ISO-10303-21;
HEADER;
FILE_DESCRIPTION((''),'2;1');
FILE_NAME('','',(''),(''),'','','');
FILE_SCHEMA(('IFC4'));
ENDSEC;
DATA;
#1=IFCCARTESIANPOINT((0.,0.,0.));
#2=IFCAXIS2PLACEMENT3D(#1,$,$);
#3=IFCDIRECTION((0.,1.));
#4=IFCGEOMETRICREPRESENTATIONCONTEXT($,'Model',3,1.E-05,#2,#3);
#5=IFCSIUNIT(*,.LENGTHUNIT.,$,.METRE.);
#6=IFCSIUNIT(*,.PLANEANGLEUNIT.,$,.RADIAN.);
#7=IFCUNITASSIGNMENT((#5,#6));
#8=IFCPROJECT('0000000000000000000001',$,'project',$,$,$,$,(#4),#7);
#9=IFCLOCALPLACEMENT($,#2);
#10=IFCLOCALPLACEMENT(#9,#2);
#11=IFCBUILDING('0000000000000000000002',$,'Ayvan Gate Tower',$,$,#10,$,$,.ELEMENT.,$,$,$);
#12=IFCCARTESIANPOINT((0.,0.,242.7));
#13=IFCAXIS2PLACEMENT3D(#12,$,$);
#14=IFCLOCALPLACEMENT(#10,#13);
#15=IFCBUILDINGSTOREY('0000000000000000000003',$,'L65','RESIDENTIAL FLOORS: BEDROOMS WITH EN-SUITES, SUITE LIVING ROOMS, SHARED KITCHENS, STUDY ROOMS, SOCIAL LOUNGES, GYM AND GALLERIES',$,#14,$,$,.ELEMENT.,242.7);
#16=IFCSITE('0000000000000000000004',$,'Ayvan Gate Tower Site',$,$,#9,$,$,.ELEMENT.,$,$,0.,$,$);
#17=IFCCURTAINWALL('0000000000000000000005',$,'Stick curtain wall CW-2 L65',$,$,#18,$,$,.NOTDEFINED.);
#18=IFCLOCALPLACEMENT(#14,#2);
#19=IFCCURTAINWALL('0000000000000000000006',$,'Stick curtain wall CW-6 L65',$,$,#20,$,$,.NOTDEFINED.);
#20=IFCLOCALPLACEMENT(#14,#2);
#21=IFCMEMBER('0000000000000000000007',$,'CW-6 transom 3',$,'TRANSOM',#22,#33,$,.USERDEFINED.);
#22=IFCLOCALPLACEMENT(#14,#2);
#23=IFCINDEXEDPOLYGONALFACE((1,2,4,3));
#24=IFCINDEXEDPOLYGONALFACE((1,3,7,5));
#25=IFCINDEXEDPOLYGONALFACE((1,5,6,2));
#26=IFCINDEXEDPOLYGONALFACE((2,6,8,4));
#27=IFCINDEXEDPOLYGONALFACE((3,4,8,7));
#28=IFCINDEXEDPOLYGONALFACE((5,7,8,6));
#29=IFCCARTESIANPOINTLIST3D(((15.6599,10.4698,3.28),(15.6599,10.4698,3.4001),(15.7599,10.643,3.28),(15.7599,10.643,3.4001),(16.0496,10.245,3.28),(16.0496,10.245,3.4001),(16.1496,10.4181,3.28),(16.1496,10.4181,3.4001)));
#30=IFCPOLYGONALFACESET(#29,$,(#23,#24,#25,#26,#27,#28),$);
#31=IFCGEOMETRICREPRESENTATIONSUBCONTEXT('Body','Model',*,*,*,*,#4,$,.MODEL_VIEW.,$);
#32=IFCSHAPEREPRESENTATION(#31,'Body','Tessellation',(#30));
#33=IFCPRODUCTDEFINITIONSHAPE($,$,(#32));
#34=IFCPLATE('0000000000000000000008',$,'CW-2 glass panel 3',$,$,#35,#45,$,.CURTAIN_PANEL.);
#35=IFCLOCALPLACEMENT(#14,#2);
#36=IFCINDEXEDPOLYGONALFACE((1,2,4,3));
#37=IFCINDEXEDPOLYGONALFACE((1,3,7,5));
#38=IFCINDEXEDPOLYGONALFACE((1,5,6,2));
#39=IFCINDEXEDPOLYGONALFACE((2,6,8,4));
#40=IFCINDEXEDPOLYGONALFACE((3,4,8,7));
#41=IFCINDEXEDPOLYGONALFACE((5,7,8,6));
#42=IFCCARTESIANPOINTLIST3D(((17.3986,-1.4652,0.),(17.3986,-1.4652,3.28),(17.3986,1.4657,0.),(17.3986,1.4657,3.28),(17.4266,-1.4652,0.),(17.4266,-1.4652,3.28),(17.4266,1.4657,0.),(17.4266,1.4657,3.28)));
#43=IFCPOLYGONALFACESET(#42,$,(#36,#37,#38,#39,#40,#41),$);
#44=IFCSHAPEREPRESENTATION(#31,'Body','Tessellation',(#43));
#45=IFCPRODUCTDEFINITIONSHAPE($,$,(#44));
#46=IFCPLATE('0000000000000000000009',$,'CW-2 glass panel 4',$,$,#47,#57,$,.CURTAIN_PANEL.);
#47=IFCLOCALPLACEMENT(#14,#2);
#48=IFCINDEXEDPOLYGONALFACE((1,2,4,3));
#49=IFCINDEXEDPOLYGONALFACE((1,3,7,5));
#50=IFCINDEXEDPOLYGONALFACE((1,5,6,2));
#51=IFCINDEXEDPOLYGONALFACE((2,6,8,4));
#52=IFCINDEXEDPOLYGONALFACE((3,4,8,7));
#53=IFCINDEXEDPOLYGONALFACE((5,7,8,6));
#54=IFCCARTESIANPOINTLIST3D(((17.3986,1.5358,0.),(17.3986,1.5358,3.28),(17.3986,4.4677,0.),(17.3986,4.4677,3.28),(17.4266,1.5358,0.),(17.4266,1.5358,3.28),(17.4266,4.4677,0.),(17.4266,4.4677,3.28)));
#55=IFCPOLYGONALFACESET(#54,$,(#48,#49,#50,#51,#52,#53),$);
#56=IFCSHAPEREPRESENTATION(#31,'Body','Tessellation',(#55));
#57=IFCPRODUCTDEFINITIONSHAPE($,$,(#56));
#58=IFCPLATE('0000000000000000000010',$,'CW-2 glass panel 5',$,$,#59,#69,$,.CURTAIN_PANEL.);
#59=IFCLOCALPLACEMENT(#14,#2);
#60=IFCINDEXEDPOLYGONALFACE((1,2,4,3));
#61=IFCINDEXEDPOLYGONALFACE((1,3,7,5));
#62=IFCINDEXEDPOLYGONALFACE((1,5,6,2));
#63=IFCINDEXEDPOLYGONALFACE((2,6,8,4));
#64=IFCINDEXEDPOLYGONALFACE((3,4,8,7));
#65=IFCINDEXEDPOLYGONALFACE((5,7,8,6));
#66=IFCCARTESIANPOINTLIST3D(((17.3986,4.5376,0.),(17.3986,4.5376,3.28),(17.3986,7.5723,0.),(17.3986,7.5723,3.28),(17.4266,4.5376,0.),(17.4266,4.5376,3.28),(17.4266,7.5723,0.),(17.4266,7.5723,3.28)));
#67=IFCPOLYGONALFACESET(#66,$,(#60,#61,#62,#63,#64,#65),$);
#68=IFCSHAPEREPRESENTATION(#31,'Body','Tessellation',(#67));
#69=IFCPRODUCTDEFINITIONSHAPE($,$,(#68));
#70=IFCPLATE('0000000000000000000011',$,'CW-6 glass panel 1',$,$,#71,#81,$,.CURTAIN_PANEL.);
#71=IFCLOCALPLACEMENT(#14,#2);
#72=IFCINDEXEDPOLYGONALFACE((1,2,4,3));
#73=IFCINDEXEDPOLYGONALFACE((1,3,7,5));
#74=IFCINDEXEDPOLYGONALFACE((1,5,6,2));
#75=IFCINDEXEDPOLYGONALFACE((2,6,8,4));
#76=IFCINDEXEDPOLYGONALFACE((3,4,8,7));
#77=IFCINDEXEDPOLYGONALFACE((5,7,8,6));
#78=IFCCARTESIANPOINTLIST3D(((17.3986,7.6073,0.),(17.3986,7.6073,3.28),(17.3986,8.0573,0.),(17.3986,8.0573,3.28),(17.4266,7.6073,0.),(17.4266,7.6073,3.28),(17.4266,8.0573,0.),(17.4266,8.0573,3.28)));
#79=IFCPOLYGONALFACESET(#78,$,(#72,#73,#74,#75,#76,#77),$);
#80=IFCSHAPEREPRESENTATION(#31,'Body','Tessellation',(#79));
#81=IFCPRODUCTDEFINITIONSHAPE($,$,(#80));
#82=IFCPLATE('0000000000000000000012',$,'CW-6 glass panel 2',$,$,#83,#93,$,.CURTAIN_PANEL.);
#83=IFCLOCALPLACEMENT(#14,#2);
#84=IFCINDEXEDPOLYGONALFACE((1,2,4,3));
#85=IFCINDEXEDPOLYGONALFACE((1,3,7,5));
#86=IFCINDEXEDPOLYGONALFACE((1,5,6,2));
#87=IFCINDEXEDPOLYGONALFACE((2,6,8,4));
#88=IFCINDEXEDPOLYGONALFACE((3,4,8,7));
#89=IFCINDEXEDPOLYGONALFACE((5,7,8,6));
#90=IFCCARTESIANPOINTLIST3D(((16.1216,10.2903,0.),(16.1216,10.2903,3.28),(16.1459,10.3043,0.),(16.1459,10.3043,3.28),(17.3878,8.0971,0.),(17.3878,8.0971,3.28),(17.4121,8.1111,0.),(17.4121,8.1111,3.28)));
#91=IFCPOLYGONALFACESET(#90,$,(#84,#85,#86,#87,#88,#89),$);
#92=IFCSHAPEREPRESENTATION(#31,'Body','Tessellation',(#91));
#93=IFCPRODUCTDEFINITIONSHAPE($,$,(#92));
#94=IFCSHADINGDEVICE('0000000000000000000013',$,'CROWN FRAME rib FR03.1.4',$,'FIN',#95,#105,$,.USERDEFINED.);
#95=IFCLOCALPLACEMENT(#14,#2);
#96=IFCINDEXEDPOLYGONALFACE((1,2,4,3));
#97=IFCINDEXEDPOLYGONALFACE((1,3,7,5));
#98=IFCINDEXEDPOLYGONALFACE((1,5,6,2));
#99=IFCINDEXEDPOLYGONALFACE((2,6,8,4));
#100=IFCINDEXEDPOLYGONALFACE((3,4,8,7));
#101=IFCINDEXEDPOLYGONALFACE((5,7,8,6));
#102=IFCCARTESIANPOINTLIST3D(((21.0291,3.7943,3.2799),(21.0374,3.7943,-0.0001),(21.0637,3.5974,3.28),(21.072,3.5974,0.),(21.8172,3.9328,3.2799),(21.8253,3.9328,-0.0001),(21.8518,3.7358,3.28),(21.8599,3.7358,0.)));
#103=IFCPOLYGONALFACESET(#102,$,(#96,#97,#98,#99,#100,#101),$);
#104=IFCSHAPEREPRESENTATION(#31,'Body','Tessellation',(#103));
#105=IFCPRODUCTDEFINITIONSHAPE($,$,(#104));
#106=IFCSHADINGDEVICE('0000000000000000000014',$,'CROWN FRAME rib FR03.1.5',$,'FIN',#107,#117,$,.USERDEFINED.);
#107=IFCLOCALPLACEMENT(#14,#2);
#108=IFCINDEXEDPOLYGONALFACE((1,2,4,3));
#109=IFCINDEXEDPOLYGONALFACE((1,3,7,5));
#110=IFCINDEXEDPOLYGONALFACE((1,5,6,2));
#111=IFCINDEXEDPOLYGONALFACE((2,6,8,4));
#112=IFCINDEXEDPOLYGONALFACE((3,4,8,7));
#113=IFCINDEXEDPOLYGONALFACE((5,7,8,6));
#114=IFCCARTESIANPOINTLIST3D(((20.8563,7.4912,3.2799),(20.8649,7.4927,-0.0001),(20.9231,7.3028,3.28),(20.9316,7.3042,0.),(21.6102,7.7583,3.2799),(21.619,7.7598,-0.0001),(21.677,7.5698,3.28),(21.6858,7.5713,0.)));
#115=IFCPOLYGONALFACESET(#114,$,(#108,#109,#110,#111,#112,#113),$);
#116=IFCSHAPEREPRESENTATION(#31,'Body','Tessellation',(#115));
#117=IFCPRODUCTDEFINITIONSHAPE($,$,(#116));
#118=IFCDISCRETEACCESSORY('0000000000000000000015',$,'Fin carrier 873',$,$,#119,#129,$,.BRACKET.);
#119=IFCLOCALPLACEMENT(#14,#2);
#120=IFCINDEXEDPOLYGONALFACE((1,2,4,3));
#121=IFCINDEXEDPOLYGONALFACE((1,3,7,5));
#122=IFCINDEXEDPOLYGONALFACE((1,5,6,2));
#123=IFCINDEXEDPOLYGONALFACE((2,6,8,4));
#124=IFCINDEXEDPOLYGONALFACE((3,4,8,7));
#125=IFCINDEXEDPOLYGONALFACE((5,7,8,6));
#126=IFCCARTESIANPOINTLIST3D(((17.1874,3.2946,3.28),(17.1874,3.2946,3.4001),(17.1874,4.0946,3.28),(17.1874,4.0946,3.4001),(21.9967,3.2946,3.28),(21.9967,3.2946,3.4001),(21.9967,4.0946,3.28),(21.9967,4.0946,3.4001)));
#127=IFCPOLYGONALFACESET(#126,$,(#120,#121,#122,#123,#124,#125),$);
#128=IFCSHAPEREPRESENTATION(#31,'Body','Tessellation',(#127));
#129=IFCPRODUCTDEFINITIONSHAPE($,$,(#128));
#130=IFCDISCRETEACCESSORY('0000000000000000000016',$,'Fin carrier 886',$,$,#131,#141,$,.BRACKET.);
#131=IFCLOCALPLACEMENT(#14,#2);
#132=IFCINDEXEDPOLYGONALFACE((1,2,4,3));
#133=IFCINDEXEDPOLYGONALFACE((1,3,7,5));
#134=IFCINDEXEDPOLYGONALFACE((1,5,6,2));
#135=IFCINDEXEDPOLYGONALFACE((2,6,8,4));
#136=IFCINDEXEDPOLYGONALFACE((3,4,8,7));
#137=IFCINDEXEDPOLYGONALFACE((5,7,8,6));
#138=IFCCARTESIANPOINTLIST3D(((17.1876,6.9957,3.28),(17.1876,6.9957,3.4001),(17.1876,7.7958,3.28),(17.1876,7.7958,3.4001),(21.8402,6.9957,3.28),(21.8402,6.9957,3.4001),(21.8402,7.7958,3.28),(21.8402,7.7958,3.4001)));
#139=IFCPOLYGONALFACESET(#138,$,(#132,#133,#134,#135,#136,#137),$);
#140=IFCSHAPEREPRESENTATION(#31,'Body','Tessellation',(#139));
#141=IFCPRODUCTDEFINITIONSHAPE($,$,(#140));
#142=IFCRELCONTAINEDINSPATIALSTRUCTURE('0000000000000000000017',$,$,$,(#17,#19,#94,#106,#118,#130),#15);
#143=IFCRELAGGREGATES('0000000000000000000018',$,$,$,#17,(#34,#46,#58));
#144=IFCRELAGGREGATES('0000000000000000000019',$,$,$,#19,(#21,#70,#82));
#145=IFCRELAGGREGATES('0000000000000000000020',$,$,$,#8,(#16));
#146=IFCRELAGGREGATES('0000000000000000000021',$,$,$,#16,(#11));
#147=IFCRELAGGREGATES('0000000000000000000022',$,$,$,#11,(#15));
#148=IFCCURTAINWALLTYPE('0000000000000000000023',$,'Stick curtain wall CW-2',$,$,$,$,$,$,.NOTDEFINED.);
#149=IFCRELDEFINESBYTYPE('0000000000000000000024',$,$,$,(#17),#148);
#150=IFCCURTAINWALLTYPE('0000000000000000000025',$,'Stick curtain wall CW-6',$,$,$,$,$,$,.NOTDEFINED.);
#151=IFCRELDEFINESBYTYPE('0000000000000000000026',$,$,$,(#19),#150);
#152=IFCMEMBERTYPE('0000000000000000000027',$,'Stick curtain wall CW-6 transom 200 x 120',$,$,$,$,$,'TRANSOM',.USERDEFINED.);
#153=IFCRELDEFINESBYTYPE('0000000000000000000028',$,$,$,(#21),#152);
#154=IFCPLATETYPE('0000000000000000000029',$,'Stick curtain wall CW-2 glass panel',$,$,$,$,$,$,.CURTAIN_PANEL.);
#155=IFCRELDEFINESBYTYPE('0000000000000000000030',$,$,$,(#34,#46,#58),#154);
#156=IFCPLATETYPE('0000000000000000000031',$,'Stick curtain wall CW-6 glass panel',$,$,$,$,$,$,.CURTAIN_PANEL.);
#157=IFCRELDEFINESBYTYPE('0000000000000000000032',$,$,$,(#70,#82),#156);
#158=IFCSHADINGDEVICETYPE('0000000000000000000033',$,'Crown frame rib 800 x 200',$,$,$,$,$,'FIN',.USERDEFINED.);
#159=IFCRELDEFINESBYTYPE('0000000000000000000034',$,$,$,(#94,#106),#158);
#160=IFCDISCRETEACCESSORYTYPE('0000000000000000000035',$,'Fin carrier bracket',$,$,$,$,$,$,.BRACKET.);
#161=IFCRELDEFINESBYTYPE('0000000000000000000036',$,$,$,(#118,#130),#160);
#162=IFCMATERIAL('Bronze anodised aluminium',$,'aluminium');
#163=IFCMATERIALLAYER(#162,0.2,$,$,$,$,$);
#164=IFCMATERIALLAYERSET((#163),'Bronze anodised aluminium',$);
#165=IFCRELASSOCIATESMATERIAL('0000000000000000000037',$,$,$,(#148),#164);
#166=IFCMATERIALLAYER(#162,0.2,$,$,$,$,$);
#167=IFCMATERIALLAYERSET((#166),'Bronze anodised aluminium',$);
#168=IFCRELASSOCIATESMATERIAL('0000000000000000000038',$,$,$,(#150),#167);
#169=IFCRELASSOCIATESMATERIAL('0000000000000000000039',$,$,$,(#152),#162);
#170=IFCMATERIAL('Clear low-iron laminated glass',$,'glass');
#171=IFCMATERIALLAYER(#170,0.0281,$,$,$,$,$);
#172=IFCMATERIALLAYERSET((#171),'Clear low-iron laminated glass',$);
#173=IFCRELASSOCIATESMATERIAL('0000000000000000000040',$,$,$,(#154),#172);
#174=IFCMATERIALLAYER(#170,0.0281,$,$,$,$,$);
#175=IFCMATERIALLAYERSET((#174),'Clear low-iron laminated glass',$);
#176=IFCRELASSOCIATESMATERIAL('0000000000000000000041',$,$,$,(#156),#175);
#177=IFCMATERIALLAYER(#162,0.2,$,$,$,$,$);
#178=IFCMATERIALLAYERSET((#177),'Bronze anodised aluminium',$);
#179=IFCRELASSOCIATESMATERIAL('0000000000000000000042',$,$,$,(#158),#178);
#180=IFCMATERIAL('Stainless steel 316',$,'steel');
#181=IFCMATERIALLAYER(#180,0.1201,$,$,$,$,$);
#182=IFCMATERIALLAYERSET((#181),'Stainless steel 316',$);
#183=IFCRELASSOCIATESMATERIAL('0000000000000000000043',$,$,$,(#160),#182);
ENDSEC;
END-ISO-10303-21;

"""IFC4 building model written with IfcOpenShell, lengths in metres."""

from ifc_helpers import new_model, si_unit, direction, frame, origin, origin_2d, place, context, subcontext, project, spatial, polyline, rectangle, outline, extrude, material, layer, layer_set, material_profile, profile_set, type_object, element, aggregate, save


model = new_model("IFC4")

# Units and contexts
model_context = context("Model", 3, precision=1e-05, world=origin(), true_north=direction((0.0, 1.0)))
body_context = subcontext(model_context, "Body", "Model", "MODEL_VIEW")
ifc_project = project(units=[si_unit("LENGTHUNIT", "METRE"), si_unit("PLANEANGLEUNIT", "RADIAN")], contexts=[model_context])

# Site, building, storey
site_placement = place(None, origin())
site = spatial("IfcSite", under=ifc_project, at=site_placement, Name="Ayvan Gate Tower Site", CompositionType="ELEMENT", RefElevation=0.0)
building_placement = place(site_placement, origin())
building = spatial("IfcBuilding", under=site, at=building_placement, Name="Ayvan Gate Tower", CompositionType="ELEMENT")
storey_placement = place(building_placement, frame((0.0, 0.0, 242.7)))
storey = spatial("IfcBuildingStorey", under=building, at=storey_placement, Name="L65", Description="RESIDENTIAL FLOORS: BEDROOMS WITH EN-SUITES, SUITE LIVING ROOMS, SHARED KITCHENS, STUDY ROOMS, SOCIAL LOUNGES, GYM AND GALLERIES", CompositionType="ELEMENT", Elevation=242.7)

# Curtain walls, member
ifc_material_1 = material(Name="Bronze anodised aluminium", Category="aluminium")
ifc_layer_1 = layer(ifc_material_1, 0.2)
ifc_layer_set_1 = layer_set([ifc_layer_1], Name="Bronze anodised aluminium")
curtain_wall_type_1 = type_object("IfcCurtainWallType", Name="Stick curtain wall CW-2", PredefinedType="NOTDEFINED", material=ifc_layer_set_1)
curtain_wall_1_placement = place(storey_placement, origin())
curtain_wall_1 = element("IfcCurtainWall", 1, at=curtain_wall_1_placement, inside=storey, type_object=curtain_wall_type_1, Name="Stick curtain wall CW-2 L65", PredefinedType="NOTDEFINED")
ifc_layer_2 = layer(ifc_material_1, 0.2)
ifc_layer_set_2 = layer_set([ifc_layer_2], Name="Bronze anodised aluminium")
curtain_wall_type_2 = type_object("IfcCurtainWallType", Name="Stick curtain wall CW-6", PredefinedType="NOTDEFINED", material=ifc_layer_set_2)
curtain_wall_2_placement = place(storey_placement, origin())
curtain_wall_2 = element("IfcCurtainWall", 2, at=curtain_wall_2_placement, inside=storey, type_object=curtain_wall_type_2, Name="Stick curtain wall CW-6 L65", PredefinedType="NOTDEFINED")
ifc_material_profile_1 = material_profile(ifc_material_1, rectangle(XDim=0.2, YDim=0.1201, at=origin_2d()), Name="Stick curtain wall CW-6 transom 200 x 120")
ifc_profile_set_1 = profile_set([ifc_material_profile_1], Name="Bronze anodised aluminium")
member_type_1 = type_object("IfcMemberType", Name="Stick curtain wall CW-6 transom 200 x 120", ElementType="TRANSOM", PredefinedType="USERDEFINED", material=ifc_profile_set_1)
member_1_placement = place(storey_placement, frame((16.0996, 10.3315, 3.3401), z_axis=(-0.866131, 0.499816, 0.0), x_axis=(-0.499816, -0.866131, 0.0)))
member_1 = element("IfcMember", 3, at=member_1_placement, type_object=member_type_1, Name="CW-6 transom 3", ObjectType="TRANSOM", PredefinedType="USERDEFINED", context=body_context, shape_type="SweptSolid", body=[
    extrude(rectangle(XDim=0.2, YDim=0.1201, at=origin_2d()), origin(), (0.0, 0.0, 1.0), 0.45),
])

# Plates
ifc_material_2 = material(Name="Clear low-iron laminated glass", Category="glass")
ifc_layer_3 = layer(ifc_material_2, 0.0281)
ifc_layer_set_3 = layer_set([ifc_layer_3], Name="Clear low-iron laminated glass")
plate_type_1 = type_object("IfcPlateType", Name="Stick curtain wall CW-2 glass panel", PredefinedType="CURTAIN_PANEL", material=ifc_layer_set_3)
plate_1_placement = place(storey_placement, frame((17.4126, 0.0002, 0.0), z_axis=(0.0, 0.0, 1.0), x_axis=(0.0, 1.0, 0.0)))
plate_1 = element("IfcPlate", 4, at=plate_1_placement, type_object=plate_type_1, Name="CW-2 glass panel 3", PredefinedType="CURTAIN_PANEL", context=body_context, shape_type="SweptSolid", body=[
    extrude(rectangle(XDim=2.9309, YDim=0.0281, at=origin_2d()), origin(), (0.0, 0.0, 1.0), 3.28),
])
plate_2_placement = place(storey_placement, frame((17.4126, 3.0017, 0.0), z_axis=(0.0, 0.0, 1.0), x_axis=(0.0, 1.0, 0.0)))
plate_2 = element("IfcPlate", 5, at=plate_2_placement, type_object=plate_type_1, Name="CW-2 glass panel 4", PredefinedType="CURTAIN_PANEL", context=body_context, shape_type="SweptSolid", body=[
    extrude(rectangle(XDim=2.9319, YDim=0.0281, at=origin_2d()), origin(), (0.0, 0.0, 1.0), 3.28),
])
plate_3_placement = place(storey_placement, frame((17.4126, 6.0549, 0.0), z_axis=(0.0, 0.0, 1.0), x_axis=(0.0, 1.0, 0.0)))
plate_3 = element("IfcPlate", 6, at=plate_3_placement, type_object=plate_type_1, Name="CW-2 glass panel 5", PredefinedType="CURTAIN_PANEL", context=body_context, shape_type="SweptSolid", body=[
    extrude(rectangle(XDim=3.0347, YDim=0.0281, at=origin_2d()), origin(), (0.0, 0.0, 1.0), 3.28),
])
aggregate(curtain_wall_1, [plate_1, plate_2, plate_3])
ifc_layer_4 = layer(ifc_material_2, 0.0281)
ifc_layer_set_4 = layer_set([ifc_layer_4], Name="Clear low-iron laminated glass")
plate_type_2 = type_object("IfcPlateType", Name="Stick curtain wall CW-6 glass panel", PredefinedType="CURTAIN_PANEL", material=ifc_layer_set_4)
plate_4_placement = place(storey_placement, frame((17.4126, 7.8323, 0.0), z_axis=(0.0, 0.0, 1.0), x_axis=(0.0, 1.0, 0.0)))
plate_4 = element("IfcPlate", 7, at=plate_4_placement, type_object=plate_type_2, Name="CW-6 glass panel 1", PredefinedType="CURTAIN_PANEL", context=body_context, shape_type="SweptSolid", body=[
    extrude(rectangle(XDim=0.45, YDim=0.0281, at=origin_2d()), origin(), (0.0, 0.0, 1.0), 3.28),
])
plate_5_placement = place(storey_placement, frame((16.7668, 9.2007, 0.0), z_axis=(0.0, 0.0, 1.0), x_axis=(-0.5, 0.866025, 0.0)))
plate_5 = element("IfcPlate", 8, at=plate_5_placement, type_object=plate_type_2, Name="CW-6 glass panel 2", PredefinedType="CURTAIN_PANEL", context=body_context, shape_type="SweptSolid", body=[
    extrude(rectangle(XDim=2.5325, YDim=0.0281, at=origin_2d()), origin(), (0.0, 0.0, 1.0), 3.28),
])
aggregate(curtain_wall_2, [member_1, plate_4, plate_5])

# Shading devices
ifc_layer_5 = layer(ifc_material_1, 0.2)
ifc_layer_set_5 = layer_set([ifc_layer_5], Name="Bronze anodised aluminium")
shading_device_type = type_object("IfcShadingDeviceType", Name="Crown frame rib 800 x 200", ElementType="FIN", PredefinedType="USERDEFINED", material=ifc_layer_set_5)
shading_device_1_placement = place(storey_placement, frame((21.072, 3.5974, 0.0), z_axis=(0.173028, -0.984917, 0.000431), x_axis=(0.984917, 0.173028, 0.0)))
element("IfcShadingDevice", 9, at=shading_device_1_placement, inside=storey, type_object=shading_device_type, Name="CROWN FRAME rib FR03.1.4", ObjectType="FIN", PredefinedType="USERDEFINED", context=body_context, shape_type="SweptSolid", body=[
    extrude(outline(polyline([(0.0, 0.0), (0.7999, 0.0), (0.792, 3.28), (-0.0082, 3.28), (0.0, 0.0)])), origin(), (0.0, 0.0, -1.0), 0.2),
])
shading_device_2_placement = place(storey_placement, frame((20.9316, 7.3042, 0.0), z_axis=(0.333889, -0.942612, 0.000461), x_axis=(0.942612, 0.33389, 0.0)))
element("IfcShadingDevice", 10, at=shading_device_2_placement, inside=storey, type_object=shading_device_type, Name="CROWN FRAME rib FR03.1.5", ObjectType="FIN", PredefinedType="USERDEFINED", context=body_context, shape_type="SweptSolid", body=[
    extrude(outline(polyline([(0.0, 0.0), (0.8, 0.0), (0.7913, 3.28), (-0.0085, 3.28), (0.0, 0.0)])), origin(), (0.0, 0.0, -1.0), 0.2),
])

# Discrete accessories
ifc_material_3 = material(Name="Stainless steel 316", Category="steel")
ifc_layer_6 = layer(ifc_material_3, 0.1201)
ifc_layer_set_6 = layer_set([ifc_layer_6], Name="Stainless steel 316")
discrete_accessory_type = type_object("IfcDiscreteAccessoryType", Name="Fin carrier bracket", PredefinedType="BRACKET", material=ifc_layer_set_6)
discrete_accessory_1_placement = place(storey_placement, frame((19.592, 3.6946, 3.28), z_axis=(0.0, 0.0, 1.0), x_axis=(0.0, 1.0, 0.0)))
element("IfcDiscreteAccessory", 11, at=discrete_accessory_1_placement, inside=storey, type_object=discrete_accessory_type, Name="Fin carrier 873", PredefinedType="BRACKET", context=body_context, shape_type="SweptSolid", body=[
    extrude(rectangle(XDim=0.8, YDim=4.8093, at=origin_2d()), origin(), (0.0, 0.0, 1.0), 0.1201),
])
discrete_accessory_2_placement = place(storey_placement, frame((19.5139, 7.3958, 3.28), z_axis=(0.0, 0.0, 1.0), x_axis=(0.0, 1.0, 0.0)))
element("IfcDiscreteAccessory", 12, at=discrete_accessory_2_placement, inside=storey, type_object=discrete_accessory_type, Name="Fin carrier 886", PredefinedType="BRACKET", context=body_context, shape_type="SweptSolid", body=[
    extrude(rectangle(XDim=0.8, YDim=4.6526, at=origin_2d()), origin(), (0.0, 0.0, 1.0), 0.1201),
])

save(model, "model.ifc")
